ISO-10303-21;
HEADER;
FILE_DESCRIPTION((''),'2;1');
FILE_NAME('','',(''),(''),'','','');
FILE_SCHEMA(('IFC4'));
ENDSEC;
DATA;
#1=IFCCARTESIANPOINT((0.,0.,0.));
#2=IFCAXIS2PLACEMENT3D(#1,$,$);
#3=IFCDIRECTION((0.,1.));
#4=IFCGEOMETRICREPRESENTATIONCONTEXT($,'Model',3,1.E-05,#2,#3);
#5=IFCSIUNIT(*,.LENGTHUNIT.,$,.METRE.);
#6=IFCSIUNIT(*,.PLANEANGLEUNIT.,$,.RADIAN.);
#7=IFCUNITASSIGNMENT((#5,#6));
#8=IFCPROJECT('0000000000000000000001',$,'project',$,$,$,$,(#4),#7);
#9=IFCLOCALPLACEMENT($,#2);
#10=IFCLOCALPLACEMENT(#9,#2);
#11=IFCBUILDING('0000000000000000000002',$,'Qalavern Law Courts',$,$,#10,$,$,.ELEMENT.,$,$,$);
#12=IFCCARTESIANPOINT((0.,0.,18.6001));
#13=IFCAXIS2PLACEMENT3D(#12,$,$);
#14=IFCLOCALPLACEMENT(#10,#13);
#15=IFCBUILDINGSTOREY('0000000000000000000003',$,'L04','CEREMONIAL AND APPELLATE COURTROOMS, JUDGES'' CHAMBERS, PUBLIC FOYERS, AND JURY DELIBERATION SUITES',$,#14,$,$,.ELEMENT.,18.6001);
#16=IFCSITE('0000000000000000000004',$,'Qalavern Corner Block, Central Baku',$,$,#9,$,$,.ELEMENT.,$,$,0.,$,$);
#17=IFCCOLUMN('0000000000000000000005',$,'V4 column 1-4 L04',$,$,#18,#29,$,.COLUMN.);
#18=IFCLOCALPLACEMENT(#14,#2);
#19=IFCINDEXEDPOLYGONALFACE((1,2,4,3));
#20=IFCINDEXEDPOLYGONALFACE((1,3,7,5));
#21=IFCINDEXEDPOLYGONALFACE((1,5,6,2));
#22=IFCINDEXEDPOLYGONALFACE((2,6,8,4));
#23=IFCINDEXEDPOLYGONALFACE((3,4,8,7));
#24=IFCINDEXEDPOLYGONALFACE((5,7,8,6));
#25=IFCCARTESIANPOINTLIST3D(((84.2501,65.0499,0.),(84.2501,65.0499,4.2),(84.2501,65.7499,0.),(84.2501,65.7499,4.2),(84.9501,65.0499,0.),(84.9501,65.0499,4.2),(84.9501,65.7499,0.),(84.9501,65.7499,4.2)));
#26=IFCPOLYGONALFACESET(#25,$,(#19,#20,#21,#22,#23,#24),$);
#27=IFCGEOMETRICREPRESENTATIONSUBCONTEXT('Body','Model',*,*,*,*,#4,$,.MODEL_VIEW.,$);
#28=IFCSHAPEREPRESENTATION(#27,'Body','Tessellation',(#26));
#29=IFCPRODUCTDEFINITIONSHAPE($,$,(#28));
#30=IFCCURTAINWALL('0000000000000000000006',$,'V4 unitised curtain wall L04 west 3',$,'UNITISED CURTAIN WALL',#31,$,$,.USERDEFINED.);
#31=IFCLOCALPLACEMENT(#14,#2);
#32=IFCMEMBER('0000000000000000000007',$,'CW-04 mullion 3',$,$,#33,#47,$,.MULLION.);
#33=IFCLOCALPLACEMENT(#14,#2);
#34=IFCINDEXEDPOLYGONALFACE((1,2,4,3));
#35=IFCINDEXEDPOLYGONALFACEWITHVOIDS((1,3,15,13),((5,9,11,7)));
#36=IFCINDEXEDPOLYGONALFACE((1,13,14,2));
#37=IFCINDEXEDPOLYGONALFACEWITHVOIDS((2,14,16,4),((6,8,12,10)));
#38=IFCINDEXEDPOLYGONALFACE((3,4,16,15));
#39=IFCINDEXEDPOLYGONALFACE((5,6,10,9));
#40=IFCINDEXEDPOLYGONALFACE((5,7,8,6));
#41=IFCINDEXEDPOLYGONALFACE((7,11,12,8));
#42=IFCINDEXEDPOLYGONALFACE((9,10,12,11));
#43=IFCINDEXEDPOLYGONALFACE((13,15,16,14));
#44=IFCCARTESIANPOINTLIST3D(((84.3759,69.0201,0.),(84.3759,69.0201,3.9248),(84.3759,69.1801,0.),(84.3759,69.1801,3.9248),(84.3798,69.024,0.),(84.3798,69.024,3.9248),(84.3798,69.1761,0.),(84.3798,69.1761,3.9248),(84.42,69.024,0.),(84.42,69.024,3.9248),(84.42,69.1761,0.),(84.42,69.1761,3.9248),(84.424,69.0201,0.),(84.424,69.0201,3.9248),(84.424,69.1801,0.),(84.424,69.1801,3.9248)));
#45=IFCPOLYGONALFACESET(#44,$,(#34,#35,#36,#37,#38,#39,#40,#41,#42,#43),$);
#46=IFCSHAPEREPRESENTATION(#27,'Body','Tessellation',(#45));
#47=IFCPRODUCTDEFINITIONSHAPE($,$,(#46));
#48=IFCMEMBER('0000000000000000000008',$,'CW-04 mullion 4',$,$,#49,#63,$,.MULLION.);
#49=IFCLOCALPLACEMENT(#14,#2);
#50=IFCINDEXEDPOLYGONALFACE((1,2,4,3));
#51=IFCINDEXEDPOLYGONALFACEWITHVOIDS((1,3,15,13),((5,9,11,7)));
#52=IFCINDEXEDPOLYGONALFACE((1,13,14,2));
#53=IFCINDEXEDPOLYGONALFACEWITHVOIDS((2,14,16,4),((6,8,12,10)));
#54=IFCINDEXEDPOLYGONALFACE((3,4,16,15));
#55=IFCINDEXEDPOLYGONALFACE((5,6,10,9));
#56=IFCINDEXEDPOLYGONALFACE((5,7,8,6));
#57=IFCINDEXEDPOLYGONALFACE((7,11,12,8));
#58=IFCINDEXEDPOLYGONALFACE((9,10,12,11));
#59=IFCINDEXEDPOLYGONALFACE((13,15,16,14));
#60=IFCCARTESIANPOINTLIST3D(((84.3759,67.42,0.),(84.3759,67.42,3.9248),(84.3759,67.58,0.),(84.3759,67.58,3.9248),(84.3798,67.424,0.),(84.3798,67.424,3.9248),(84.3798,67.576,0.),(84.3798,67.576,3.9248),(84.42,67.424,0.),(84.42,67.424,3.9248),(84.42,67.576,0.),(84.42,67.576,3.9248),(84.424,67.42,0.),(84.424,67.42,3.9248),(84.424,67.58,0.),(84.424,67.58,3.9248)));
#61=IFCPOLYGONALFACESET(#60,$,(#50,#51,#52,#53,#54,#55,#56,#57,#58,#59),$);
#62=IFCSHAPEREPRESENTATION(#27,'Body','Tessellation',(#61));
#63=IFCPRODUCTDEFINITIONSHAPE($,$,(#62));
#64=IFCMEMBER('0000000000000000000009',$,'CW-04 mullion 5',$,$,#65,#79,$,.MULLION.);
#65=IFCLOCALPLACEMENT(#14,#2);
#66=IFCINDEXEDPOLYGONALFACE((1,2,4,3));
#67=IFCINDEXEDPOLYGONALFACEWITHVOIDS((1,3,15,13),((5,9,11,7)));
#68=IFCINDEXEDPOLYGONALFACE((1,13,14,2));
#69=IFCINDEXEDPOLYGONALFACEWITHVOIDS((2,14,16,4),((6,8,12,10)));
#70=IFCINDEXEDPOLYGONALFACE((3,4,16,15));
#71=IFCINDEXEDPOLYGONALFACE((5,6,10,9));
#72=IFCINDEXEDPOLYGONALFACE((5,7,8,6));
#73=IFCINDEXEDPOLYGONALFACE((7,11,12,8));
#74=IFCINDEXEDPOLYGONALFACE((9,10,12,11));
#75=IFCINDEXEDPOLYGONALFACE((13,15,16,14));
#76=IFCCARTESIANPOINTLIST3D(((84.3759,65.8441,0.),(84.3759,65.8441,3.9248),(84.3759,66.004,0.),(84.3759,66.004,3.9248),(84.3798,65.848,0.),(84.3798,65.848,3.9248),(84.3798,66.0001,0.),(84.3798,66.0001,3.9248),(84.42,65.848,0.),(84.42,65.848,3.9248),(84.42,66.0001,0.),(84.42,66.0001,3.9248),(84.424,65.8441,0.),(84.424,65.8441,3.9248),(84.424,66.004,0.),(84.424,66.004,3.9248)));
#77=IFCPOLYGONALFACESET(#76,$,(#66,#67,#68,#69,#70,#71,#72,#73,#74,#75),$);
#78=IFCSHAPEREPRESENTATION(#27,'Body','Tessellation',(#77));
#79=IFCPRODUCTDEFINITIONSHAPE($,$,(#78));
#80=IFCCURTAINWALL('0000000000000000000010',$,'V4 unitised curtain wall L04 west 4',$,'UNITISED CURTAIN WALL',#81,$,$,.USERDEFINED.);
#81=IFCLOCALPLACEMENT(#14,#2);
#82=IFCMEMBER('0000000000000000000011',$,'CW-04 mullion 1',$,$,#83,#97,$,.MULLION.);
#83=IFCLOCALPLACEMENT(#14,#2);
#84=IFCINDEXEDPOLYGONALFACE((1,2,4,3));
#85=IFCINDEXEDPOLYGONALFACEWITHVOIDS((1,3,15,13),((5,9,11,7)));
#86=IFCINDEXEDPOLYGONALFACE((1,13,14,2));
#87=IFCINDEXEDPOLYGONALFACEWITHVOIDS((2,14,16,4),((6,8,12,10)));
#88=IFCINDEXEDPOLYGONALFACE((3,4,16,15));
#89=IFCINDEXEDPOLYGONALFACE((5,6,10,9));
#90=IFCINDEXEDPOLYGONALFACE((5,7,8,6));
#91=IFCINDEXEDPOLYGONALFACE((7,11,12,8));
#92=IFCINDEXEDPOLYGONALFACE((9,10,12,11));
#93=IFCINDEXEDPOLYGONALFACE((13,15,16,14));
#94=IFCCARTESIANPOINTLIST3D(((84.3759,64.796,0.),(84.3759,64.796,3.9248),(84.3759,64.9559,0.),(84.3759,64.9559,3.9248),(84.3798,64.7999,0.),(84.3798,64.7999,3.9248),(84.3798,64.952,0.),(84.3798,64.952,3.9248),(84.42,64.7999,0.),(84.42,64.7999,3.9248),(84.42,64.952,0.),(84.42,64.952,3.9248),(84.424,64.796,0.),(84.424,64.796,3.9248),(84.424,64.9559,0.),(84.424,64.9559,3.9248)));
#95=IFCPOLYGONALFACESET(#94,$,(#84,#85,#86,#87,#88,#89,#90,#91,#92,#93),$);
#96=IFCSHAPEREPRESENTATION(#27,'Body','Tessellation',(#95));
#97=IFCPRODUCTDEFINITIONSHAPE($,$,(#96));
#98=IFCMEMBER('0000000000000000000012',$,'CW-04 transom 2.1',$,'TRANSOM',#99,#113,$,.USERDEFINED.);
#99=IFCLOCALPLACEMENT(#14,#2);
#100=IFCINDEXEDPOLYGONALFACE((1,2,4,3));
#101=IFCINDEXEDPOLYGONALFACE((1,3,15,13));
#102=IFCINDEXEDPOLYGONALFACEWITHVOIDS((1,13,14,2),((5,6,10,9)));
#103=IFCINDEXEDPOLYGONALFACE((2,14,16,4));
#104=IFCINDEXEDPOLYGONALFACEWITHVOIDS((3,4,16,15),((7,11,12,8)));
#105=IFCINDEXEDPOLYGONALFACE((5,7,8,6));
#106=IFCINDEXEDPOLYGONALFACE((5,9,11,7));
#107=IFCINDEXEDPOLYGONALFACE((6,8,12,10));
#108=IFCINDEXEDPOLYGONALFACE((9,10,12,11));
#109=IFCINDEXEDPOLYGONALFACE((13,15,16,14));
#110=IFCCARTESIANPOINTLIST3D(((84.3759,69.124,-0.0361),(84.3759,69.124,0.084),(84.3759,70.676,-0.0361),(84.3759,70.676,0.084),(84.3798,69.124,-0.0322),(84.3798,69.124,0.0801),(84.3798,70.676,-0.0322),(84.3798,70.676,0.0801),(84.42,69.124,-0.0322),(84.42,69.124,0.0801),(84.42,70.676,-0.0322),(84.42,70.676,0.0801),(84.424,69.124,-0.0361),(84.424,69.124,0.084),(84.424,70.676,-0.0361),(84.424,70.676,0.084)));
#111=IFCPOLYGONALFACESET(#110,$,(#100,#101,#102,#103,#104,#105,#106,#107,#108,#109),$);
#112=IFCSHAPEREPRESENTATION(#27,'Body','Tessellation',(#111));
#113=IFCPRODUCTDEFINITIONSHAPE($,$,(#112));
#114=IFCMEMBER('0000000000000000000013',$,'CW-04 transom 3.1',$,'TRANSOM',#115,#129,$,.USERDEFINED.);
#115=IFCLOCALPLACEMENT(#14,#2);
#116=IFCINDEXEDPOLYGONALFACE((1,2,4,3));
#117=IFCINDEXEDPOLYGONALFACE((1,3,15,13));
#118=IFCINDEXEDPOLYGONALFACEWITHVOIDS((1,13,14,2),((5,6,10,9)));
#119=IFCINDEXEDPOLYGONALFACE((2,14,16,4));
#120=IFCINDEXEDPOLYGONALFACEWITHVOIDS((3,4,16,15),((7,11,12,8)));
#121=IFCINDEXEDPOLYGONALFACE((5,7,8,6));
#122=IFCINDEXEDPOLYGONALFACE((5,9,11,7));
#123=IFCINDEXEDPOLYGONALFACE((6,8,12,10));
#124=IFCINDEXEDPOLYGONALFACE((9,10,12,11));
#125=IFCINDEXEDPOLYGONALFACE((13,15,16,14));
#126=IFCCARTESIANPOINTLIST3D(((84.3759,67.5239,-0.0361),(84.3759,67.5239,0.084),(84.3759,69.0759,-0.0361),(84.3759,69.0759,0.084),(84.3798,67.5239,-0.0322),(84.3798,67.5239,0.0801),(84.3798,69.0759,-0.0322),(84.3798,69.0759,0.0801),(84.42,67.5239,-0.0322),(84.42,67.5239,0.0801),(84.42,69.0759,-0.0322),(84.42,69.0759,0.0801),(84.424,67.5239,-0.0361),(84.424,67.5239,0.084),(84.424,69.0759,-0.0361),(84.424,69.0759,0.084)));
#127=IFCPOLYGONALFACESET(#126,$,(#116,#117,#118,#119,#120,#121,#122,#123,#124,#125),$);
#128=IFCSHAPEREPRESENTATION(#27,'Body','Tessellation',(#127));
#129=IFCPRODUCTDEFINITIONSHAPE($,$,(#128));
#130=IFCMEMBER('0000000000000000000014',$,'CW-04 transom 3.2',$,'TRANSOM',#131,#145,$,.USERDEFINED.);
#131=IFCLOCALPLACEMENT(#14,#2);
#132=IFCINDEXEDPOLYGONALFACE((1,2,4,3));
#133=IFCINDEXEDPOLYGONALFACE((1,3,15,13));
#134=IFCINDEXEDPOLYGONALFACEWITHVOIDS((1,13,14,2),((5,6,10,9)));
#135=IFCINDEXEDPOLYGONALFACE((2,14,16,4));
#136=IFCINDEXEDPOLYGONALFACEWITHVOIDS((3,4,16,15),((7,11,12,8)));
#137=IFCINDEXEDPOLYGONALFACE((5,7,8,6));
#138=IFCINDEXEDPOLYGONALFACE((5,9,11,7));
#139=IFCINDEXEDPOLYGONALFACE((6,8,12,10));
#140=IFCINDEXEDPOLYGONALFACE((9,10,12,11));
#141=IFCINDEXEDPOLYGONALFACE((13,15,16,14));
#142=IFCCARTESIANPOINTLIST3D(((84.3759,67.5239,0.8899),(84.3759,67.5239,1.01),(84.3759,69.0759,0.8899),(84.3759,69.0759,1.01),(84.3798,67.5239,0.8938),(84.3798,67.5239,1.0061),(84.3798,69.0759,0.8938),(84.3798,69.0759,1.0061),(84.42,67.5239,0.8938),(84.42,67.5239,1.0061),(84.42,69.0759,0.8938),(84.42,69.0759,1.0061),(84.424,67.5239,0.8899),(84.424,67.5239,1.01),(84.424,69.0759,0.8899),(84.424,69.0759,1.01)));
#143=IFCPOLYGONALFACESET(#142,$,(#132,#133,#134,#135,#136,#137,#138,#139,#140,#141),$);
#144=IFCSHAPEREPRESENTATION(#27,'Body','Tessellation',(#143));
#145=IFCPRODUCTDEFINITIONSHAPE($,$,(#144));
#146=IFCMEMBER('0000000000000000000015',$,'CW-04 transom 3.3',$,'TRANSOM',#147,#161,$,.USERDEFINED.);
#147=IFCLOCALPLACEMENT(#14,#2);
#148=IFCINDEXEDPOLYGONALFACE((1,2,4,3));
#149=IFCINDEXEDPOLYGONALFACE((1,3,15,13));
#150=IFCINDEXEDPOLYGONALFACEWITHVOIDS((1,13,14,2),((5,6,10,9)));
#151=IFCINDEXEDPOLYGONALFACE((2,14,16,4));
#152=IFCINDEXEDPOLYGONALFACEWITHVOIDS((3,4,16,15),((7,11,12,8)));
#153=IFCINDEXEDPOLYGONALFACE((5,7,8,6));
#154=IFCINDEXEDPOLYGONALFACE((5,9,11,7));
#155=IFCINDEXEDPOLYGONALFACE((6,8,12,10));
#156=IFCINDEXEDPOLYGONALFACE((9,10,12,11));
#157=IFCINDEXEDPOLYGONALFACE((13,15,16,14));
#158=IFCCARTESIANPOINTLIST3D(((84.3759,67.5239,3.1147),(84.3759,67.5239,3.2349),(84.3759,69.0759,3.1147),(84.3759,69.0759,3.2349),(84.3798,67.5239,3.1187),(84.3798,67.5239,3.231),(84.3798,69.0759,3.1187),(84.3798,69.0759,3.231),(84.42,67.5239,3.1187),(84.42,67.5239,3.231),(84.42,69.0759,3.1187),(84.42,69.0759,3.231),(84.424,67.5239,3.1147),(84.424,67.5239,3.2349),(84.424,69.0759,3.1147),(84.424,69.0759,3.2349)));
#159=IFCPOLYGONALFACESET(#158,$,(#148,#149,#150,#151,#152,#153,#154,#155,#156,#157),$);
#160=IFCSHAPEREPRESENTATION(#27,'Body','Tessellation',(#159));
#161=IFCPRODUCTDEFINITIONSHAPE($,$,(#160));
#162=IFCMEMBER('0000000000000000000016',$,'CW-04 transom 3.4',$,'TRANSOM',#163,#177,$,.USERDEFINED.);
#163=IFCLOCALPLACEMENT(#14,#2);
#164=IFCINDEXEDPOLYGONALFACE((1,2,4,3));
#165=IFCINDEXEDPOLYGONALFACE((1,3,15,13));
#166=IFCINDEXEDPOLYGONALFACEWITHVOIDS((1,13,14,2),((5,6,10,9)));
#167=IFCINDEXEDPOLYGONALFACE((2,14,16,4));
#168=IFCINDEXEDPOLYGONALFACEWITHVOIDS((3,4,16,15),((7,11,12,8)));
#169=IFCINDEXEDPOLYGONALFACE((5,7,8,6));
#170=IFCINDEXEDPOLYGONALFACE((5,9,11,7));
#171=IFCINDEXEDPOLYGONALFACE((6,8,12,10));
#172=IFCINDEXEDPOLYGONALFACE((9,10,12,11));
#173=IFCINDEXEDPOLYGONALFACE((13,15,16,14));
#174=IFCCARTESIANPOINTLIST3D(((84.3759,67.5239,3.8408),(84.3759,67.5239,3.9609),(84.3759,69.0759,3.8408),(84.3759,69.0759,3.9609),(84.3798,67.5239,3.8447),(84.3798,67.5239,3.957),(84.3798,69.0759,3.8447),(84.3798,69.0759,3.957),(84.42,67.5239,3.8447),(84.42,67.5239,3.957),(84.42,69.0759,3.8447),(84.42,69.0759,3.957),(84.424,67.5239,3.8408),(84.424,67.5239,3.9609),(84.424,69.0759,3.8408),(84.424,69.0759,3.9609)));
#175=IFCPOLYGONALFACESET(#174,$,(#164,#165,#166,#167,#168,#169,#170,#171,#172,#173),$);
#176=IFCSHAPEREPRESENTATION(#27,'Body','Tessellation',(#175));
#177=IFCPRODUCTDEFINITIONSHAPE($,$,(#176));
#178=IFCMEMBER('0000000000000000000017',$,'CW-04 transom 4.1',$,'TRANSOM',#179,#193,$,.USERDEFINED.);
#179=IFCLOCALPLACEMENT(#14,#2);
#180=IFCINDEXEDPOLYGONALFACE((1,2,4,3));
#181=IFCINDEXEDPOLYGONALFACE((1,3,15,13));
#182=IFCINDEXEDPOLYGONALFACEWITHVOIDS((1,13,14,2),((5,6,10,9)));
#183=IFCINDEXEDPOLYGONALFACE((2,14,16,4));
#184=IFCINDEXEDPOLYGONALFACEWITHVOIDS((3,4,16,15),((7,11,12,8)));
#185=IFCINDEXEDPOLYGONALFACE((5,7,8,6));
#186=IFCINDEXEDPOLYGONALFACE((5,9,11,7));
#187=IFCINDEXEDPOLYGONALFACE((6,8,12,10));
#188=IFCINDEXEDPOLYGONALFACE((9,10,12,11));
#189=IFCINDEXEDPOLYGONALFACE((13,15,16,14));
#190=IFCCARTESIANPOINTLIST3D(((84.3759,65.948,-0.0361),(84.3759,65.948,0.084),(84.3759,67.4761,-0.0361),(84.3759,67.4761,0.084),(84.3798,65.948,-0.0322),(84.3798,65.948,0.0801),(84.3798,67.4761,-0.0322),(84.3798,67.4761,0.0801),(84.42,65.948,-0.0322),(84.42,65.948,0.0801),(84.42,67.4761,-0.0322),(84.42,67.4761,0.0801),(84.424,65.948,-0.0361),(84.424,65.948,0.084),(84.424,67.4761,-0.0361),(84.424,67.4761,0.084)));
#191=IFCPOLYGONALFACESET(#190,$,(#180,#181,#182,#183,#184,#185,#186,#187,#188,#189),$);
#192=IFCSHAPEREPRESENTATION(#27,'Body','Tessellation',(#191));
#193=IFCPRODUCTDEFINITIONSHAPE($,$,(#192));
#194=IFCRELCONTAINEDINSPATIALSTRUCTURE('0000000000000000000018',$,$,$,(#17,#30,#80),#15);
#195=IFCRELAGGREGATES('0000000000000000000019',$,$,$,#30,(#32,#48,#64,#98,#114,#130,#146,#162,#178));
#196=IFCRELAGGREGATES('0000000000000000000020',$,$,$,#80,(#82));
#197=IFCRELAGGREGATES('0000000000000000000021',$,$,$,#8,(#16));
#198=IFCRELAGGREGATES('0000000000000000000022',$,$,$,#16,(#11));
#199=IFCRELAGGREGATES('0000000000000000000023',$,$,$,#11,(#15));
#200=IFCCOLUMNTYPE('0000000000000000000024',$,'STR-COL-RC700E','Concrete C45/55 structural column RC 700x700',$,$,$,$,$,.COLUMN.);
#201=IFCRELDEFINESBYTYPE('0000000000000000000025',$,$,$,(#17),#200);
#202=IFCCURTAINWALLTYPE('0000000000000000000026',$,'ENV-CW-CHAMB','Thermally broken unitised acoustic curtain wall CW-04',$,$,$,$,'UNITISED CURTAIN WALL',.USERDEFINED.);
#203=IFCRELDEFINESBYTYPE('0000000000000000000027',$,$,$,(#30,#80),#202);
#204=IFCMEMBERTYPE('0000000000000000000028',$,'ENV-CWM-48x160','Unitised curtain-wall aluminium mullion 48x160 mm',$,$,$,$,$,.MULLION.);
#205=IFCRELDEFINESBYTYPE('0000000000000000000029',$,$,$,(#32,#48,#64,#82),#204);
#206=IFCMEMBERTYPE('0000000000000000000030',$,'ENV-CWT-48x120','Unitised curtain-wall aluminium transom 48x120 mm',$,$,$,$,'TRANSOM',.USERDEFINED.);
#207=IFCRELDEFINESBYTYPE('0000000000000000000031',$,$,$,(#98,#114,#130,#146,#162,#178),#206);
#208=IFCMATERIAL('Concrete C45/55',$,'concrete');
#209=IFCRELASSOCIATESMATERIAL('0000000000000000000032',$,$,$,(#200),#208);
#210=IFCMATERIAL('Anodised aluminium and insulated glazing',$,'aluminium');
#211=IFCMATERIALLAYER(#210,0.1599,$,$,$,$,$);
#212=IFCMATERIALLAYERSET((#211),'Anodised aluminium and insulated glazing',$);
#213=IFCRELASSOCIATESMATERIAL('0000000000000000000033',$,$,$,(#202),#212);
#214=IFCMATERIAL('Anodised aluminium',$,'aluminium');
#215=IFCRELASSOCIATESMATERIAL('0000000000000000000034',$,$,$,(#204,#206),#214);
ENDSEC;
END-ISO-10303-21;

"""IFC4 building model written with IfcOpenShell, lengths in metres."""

from ifc_helpers import new_model, si_unit, direction, frame, origin, origin_2d, place, context, subcontext, project, spatial, rectangle, hollow_rectangle, extrude, material, layer, layer_set, material_profile, profile_set, type_object, element, aggregate, save


model = new_model("IFC4")

# Units and contexts
model_context = context("Model", 3, precision=1e-05, world=origin(), true_north=direction((0.0, 1.0)))
body_context = subcontext(model_context, "Body", "Model", "MODEL_VIEW")
ifc_project = project(units=[si_unit("LENGTHUNIT", "METRE"), si_unit("PLANEANGLEUNIT", "RADIAN")], contexts=[model_context])

# Site, building, storey
site_placement = place(None, origin())
site = spatial("IfcSite", under=ifc_project, at=site_placement, Name="Qalavern Corner Block, Central Baku", CompositionType="ELEMENT", RefElevation=0.0)
building_placement = place(site_placement, origin())
building = spatial("IfcBuilding", under=site, at=building_placement, Name="Qalavern Law Courts", CompositionType="ELEMENT")
storey_placement = place(building_placement, frame((0.0, 0.0, 18.6001)))
storey = spatial("IfcBuildingStorey", under=building, at=storey_placement, Name="L04", Description="CEREMONIAL AND APPELLATE COURTROOMS, JUDGES' CHAMBERS, PUBLIC FOYERS, AND JURY DELIBERATION SUITES", CompositionType="ELEMENT", Elevation=18.6001)

# Column
ifc_material_1 = material(Name="Concrete C45/55", Category="concrete")
ifc_material_profile_1 = material_profile(ifc_material_1, rectangle(XDim=0.7, YDim=0.7, at=origin_2d()), Name="RC 700x700")
ifc_profile_set_1 = profile_set([ifc_material_profile_1], Name="Concrete C45/55")
column_type = type_object("IfcColumnType", Name="STR-COL-RC700E", Description="Concrete C45/55 structural column RC 700x700", PredefinedType="COLUMN", material=ifc_profile_set_1)
column_placement = place(storey_placement, frame((84.6001, 65.3999, 0.0), z_axis=(0.0, 0.0, 1.0), x_axis=(1.0, 0.0, 0.0)))
element("IfcColumn", 1, at=column_placement, inside=storey, type_object=column_type, Name="V4 column 1-4 L04", PredefinedType="COLUMN", context=body_context, shape_type="SweptSolid", body=[
    extrude(rectangle(XDim=0.7, YDim=0.7, at=origin_2d()), origin(), (0.0, 0.0, 1.0), 4.2),
])

# Curtain wall, members
ifc_material_2 = material(Name="Anodised aluminium and insulated glazing", Category="aluminium")
ifc_layer_1 = layer(ifc_material_2, 0.1599)
ifc_layer_set_1 = layer_set([ifc_layer_1], Name="Anodised aluminium and insulated glazing")
curtain_wall_type = type_object("IfcCurtainWallType", Name="ENV-CW-CHAMB", Description="Thermally broken unitised acoustic curtain wall CW-04", ElementType="UNITISED CURTAIN WALL", PredefinedType="USERDEFINED", material=ifc_layer_set_1)
curtain_wall_1_placement = place(storey_placement, origin())
curtain_wall_1 = element("IfcCurtainWall", 2, at=curtain_wall_1_placement, inside=storey, type_object=curtain_wall_type, Name="V4 unitised curtain wall L04 west 3", ObjectType="UNITISED CURTAIN WALL", PredefinedType="USERDEFINED")
ifc_material_3 = material(Name="Anodised aluminium", Category="aluminium")
ifc_material_profile_2 = material_profile(ifc_material_3, hollow_rectangle(XDim=0.0481, YDim=0.1599, WallThickness=0.0039, at=origin_2d()), Name="ALU MULLION 48x160")
ifc_profile_set_2 = profile_set([ifc_material_profile_2], Name="Anodised aluminium")
member_type_1 = type_object("IfcMemberType", Name="ENV-CWM-48x160", Description="Unitised curtain-wall aluminium mullion 48x160 mm", PredefinedType="MULLION", material=ifc_profile_set_2)
member_1_placement = place(storey_placement, frame((84.3999, 69.1001, 0.0), z_axis=(0.0, 0.0, 1.0), x_axis=(1.0, 0.0, 0.0)))
member_1 = element("IfcMember", 3, at=member_1_placement, type_object=member_type_1, Name="CW-04 mullion 3", PredefinedType="MULLION", context=body_context, shape_type="SweptSolid", body=[
    extrude(hollow_rectangle(XDim=0.0481, YDim=0.1599, WallThickness=0.0039, at=origin_2d()), origin(), (0.0, 0.0, 1.0), 3.9248),
])
member_2_placement = place(storey_placement, frame((84.3999, 67.5, 0.0), z_axis=(0.0, 0.0, 1.0), x_axis=(1.0, 0.0, 0.0)))
member_2 = element("IfcMember", 4, at=member_2_placement, type_object=member_type_1, Name="CW-04 mullion 4", PredefinedType="MULLION", context=body_context, shape_type="SweptSolid", body=[
    extrude(hollow_rectangle(XDim=0.0481, YDim=0.1599, WallThickness=0.0039, at=origin_2d()), origin(), (0.0, 0.0, 1.0), 3.9248),
])
member_3_placement = place(storey_placement, frame((84.3999, 65.9241, 0.0), z_axis=(0.0, 0.0, 1.0), x_axis=(1.0, 0.0, 0.0)))
member_3 = element("IfcMember", 5, at=member_3_placement, type_object=member_type_1, Name="CW-04 mullion 5", PredefinedType="MULLION", context=body_context, shape_type="SweptSolid", body=[
    extrude(hollow_rectangle(XDim=0.0481, YDim=0.1599, WallThickness=0.0039, at=origin_2d()), origin(), (0.0, 0.0, 1.0), 3.9248),
])

# Curtain wall, member
curtain_wall_2_placement = place(storey_placement, origin())
curtain_wall_2 = element("IfcCurtainWall", 6, at=curtain_wall_2_placement, inside=storey, type_object=curtain_wall_type, Name="V4 unitised curtain wall L04 west 4", ObjectType="UNITISED CURTAIN WALL", PredefinedType="USERDEFINED")
member_4_placement = place(storey_placement, frame((84.3999, 64.876, 0.0), z_axis=(0.0, 0.0, 1.0), x_axis=(1.0, 0.0, 0.0)))
member_4 = element("IfcMember", 7, at=member_4_placement, type_object=member_type_1, Name="CW-04 mullion 1", PredefinedType="MULLION", context=body_context, shape_type="SweptSolid", body=[
    extrude(hollow_rectangle(XDim=0.0481, YDim=0.1599, WallThickness=0.0039, at=origin_2d()), origin(), (0.0, 0.0, 1.0), 3.9248),
])

# Members
ifc_material_profile_3 = material_profile(ifc_material_3, hollow_rectangle(XDim=0.0481, YDim=0.1201, WallThickness=0.0039, at=origin_2d()), Name="ALU TRANSOM 48x120")
ifc_profile_set_3 = profile_set([ifc_material_profile_3], Name="Anodised aluminium")
member_type_2 = type_object("IfcMemberType", Name="ENV-CWT-48x120", Description="Unitised curtain-wall aluminium transom 48x120 mm", ElementType="TRANSOM", PredefinedType="USERDEFINED", material=ifc_profile_set_3)
member_5_placement = place(storey_placement, frame((84.3999, 70.676, 0.0239), z_axis=(0.0, -1.0, 0.0), x_axis=(1.0, 0.0, 0.0)))
member_5 = element("IfcMember", 8, at=member_5_placement, type_object=member_type_2, Name="CW-04 transom 2.1", ObjectType="TRANSOM", PredefinedType="USERDEFINED", context=body_context, shape_type="SweptSolid", body=[
    extrude(hollow_rectangle(XDim=0.0481, YDim=0.1201, WallThickness=0.0039, at=origin_2d()), origin(), (0.0, 0.0, 1.0), 1.552),
])
member_6_placement = place(storey_placement, frame((84.3999, 69.0759, 0.0239), z_axis=(0.0, -1.0, 0.0), x_axis=(1.0, 0.0, 0.0)))
member_6 = element("IfcMember", 9, at=member_6_placement, type_object=member_type_2, Name="CW-04 transom 3.1", ObjectType="TRANSOM", PredefinedType="USERDEFINED", context=body_context, shape_type="SweptSolid", body=[
    extrude(hollow_rectangle(XDim=0.0481, YDim=0.1201, WallThickness=0.0039, at=origin_2d()), origin(), (0.0, 0.0, 1.0), 1.552),
])
member_7_placement = place(storey_placement, frame((84.3999, 69.0759, 0.95), z_axis=(0.0, -1.0, 0.0), x_axis=(1.0, 0.0, 0.0)))
member_7 = element("IfcMember", 10, at=member_7_placement, type_object=member_type_2, Name="CW-04 transom 3.2", ObjectType="TRANSOM", PredefinedType="USERDEFINED", context=body_context, shape_type="SweptSolid", body=[
    extrude(hollow_rectangle(XDim=0.0481, YDim=0.1201, WallThickness=0.0039, at=origin_2d()), origin(), (0.0, 0.0, 1.0), 1.552),
])
member_8_placement = place(storey_placement, frame((84.3999, 69.0759, 3.1748), z_axis=(0.0, -1.0, 0.0), x_axis=(1.0, 0.0, 0.0)))
member_8 = element("IfcMember", 11, at=member_8_placement, type_object=member_type_2, Name="CW-04 transom 3.3", ObjectType="TRANSOM", PredefinedType="USERDEFINED", context=body_context, shape_type="SweptSolid", body=[
    extrude(hollow_rectangle(XDim=0.0481, YDim=0.1201, WallThickness=0.0039, at=origin_2d()), origin(), (0.0, 0.0, 1.0), 1.552),
])
member_9_placement = place(storey_placement, frame((84.3999, 69.0759, 3.9009), z_axis=(0.0, -1.0, 0.0), x_axis=(1.0, 0.0, 0.0)))
member_9 = element("IfcMember", 12, at=member_9_placement, type_object=member_type_2, Name="CW-04 transom 3.4", ObjectType="TRANSOM", PredefinedType="USERDEFINED", context=body_context, shape_type="SweptSolid", body=[
    extrude(hollow_rectangle(XDim=0.0481, YDim=0.1201, WallThickness=0.0039, at=origin_2d()), origin(), (0.0, 0.0, 1.0), 1.552),
])
member_10_placement = place(storey_placement, frame((84.3999, 67.4761, 0.0239), z_axis=(0.0, -1.0, 0.0), x_axis=(1.0, 0.0, 0.0)))
member_10 = element("IfcMember", 13, at=member_10_placement, type_object=member_type_2, Name="CW-04 transom 4.1", ObjectType="TRANSOM", PredefinedType="USERDEFINED", context=body_context, shape_type="SweptSolid", body=[
    extrude(hollow_rectangle(XDim=0.0481, YDim=0.1201, WallThickness=0.0039, at=origin_2d()), origin(), (0.0, 0.0, 1.0), 1.5281),
])

aggregate(curtain_wall_1, [member_1, member_2, member_3, member_5, member_6, member_7, member_8, member_9, member_10])
aggregate(curtain_wall_2, [member_4])

save(model, "model.ifc")
